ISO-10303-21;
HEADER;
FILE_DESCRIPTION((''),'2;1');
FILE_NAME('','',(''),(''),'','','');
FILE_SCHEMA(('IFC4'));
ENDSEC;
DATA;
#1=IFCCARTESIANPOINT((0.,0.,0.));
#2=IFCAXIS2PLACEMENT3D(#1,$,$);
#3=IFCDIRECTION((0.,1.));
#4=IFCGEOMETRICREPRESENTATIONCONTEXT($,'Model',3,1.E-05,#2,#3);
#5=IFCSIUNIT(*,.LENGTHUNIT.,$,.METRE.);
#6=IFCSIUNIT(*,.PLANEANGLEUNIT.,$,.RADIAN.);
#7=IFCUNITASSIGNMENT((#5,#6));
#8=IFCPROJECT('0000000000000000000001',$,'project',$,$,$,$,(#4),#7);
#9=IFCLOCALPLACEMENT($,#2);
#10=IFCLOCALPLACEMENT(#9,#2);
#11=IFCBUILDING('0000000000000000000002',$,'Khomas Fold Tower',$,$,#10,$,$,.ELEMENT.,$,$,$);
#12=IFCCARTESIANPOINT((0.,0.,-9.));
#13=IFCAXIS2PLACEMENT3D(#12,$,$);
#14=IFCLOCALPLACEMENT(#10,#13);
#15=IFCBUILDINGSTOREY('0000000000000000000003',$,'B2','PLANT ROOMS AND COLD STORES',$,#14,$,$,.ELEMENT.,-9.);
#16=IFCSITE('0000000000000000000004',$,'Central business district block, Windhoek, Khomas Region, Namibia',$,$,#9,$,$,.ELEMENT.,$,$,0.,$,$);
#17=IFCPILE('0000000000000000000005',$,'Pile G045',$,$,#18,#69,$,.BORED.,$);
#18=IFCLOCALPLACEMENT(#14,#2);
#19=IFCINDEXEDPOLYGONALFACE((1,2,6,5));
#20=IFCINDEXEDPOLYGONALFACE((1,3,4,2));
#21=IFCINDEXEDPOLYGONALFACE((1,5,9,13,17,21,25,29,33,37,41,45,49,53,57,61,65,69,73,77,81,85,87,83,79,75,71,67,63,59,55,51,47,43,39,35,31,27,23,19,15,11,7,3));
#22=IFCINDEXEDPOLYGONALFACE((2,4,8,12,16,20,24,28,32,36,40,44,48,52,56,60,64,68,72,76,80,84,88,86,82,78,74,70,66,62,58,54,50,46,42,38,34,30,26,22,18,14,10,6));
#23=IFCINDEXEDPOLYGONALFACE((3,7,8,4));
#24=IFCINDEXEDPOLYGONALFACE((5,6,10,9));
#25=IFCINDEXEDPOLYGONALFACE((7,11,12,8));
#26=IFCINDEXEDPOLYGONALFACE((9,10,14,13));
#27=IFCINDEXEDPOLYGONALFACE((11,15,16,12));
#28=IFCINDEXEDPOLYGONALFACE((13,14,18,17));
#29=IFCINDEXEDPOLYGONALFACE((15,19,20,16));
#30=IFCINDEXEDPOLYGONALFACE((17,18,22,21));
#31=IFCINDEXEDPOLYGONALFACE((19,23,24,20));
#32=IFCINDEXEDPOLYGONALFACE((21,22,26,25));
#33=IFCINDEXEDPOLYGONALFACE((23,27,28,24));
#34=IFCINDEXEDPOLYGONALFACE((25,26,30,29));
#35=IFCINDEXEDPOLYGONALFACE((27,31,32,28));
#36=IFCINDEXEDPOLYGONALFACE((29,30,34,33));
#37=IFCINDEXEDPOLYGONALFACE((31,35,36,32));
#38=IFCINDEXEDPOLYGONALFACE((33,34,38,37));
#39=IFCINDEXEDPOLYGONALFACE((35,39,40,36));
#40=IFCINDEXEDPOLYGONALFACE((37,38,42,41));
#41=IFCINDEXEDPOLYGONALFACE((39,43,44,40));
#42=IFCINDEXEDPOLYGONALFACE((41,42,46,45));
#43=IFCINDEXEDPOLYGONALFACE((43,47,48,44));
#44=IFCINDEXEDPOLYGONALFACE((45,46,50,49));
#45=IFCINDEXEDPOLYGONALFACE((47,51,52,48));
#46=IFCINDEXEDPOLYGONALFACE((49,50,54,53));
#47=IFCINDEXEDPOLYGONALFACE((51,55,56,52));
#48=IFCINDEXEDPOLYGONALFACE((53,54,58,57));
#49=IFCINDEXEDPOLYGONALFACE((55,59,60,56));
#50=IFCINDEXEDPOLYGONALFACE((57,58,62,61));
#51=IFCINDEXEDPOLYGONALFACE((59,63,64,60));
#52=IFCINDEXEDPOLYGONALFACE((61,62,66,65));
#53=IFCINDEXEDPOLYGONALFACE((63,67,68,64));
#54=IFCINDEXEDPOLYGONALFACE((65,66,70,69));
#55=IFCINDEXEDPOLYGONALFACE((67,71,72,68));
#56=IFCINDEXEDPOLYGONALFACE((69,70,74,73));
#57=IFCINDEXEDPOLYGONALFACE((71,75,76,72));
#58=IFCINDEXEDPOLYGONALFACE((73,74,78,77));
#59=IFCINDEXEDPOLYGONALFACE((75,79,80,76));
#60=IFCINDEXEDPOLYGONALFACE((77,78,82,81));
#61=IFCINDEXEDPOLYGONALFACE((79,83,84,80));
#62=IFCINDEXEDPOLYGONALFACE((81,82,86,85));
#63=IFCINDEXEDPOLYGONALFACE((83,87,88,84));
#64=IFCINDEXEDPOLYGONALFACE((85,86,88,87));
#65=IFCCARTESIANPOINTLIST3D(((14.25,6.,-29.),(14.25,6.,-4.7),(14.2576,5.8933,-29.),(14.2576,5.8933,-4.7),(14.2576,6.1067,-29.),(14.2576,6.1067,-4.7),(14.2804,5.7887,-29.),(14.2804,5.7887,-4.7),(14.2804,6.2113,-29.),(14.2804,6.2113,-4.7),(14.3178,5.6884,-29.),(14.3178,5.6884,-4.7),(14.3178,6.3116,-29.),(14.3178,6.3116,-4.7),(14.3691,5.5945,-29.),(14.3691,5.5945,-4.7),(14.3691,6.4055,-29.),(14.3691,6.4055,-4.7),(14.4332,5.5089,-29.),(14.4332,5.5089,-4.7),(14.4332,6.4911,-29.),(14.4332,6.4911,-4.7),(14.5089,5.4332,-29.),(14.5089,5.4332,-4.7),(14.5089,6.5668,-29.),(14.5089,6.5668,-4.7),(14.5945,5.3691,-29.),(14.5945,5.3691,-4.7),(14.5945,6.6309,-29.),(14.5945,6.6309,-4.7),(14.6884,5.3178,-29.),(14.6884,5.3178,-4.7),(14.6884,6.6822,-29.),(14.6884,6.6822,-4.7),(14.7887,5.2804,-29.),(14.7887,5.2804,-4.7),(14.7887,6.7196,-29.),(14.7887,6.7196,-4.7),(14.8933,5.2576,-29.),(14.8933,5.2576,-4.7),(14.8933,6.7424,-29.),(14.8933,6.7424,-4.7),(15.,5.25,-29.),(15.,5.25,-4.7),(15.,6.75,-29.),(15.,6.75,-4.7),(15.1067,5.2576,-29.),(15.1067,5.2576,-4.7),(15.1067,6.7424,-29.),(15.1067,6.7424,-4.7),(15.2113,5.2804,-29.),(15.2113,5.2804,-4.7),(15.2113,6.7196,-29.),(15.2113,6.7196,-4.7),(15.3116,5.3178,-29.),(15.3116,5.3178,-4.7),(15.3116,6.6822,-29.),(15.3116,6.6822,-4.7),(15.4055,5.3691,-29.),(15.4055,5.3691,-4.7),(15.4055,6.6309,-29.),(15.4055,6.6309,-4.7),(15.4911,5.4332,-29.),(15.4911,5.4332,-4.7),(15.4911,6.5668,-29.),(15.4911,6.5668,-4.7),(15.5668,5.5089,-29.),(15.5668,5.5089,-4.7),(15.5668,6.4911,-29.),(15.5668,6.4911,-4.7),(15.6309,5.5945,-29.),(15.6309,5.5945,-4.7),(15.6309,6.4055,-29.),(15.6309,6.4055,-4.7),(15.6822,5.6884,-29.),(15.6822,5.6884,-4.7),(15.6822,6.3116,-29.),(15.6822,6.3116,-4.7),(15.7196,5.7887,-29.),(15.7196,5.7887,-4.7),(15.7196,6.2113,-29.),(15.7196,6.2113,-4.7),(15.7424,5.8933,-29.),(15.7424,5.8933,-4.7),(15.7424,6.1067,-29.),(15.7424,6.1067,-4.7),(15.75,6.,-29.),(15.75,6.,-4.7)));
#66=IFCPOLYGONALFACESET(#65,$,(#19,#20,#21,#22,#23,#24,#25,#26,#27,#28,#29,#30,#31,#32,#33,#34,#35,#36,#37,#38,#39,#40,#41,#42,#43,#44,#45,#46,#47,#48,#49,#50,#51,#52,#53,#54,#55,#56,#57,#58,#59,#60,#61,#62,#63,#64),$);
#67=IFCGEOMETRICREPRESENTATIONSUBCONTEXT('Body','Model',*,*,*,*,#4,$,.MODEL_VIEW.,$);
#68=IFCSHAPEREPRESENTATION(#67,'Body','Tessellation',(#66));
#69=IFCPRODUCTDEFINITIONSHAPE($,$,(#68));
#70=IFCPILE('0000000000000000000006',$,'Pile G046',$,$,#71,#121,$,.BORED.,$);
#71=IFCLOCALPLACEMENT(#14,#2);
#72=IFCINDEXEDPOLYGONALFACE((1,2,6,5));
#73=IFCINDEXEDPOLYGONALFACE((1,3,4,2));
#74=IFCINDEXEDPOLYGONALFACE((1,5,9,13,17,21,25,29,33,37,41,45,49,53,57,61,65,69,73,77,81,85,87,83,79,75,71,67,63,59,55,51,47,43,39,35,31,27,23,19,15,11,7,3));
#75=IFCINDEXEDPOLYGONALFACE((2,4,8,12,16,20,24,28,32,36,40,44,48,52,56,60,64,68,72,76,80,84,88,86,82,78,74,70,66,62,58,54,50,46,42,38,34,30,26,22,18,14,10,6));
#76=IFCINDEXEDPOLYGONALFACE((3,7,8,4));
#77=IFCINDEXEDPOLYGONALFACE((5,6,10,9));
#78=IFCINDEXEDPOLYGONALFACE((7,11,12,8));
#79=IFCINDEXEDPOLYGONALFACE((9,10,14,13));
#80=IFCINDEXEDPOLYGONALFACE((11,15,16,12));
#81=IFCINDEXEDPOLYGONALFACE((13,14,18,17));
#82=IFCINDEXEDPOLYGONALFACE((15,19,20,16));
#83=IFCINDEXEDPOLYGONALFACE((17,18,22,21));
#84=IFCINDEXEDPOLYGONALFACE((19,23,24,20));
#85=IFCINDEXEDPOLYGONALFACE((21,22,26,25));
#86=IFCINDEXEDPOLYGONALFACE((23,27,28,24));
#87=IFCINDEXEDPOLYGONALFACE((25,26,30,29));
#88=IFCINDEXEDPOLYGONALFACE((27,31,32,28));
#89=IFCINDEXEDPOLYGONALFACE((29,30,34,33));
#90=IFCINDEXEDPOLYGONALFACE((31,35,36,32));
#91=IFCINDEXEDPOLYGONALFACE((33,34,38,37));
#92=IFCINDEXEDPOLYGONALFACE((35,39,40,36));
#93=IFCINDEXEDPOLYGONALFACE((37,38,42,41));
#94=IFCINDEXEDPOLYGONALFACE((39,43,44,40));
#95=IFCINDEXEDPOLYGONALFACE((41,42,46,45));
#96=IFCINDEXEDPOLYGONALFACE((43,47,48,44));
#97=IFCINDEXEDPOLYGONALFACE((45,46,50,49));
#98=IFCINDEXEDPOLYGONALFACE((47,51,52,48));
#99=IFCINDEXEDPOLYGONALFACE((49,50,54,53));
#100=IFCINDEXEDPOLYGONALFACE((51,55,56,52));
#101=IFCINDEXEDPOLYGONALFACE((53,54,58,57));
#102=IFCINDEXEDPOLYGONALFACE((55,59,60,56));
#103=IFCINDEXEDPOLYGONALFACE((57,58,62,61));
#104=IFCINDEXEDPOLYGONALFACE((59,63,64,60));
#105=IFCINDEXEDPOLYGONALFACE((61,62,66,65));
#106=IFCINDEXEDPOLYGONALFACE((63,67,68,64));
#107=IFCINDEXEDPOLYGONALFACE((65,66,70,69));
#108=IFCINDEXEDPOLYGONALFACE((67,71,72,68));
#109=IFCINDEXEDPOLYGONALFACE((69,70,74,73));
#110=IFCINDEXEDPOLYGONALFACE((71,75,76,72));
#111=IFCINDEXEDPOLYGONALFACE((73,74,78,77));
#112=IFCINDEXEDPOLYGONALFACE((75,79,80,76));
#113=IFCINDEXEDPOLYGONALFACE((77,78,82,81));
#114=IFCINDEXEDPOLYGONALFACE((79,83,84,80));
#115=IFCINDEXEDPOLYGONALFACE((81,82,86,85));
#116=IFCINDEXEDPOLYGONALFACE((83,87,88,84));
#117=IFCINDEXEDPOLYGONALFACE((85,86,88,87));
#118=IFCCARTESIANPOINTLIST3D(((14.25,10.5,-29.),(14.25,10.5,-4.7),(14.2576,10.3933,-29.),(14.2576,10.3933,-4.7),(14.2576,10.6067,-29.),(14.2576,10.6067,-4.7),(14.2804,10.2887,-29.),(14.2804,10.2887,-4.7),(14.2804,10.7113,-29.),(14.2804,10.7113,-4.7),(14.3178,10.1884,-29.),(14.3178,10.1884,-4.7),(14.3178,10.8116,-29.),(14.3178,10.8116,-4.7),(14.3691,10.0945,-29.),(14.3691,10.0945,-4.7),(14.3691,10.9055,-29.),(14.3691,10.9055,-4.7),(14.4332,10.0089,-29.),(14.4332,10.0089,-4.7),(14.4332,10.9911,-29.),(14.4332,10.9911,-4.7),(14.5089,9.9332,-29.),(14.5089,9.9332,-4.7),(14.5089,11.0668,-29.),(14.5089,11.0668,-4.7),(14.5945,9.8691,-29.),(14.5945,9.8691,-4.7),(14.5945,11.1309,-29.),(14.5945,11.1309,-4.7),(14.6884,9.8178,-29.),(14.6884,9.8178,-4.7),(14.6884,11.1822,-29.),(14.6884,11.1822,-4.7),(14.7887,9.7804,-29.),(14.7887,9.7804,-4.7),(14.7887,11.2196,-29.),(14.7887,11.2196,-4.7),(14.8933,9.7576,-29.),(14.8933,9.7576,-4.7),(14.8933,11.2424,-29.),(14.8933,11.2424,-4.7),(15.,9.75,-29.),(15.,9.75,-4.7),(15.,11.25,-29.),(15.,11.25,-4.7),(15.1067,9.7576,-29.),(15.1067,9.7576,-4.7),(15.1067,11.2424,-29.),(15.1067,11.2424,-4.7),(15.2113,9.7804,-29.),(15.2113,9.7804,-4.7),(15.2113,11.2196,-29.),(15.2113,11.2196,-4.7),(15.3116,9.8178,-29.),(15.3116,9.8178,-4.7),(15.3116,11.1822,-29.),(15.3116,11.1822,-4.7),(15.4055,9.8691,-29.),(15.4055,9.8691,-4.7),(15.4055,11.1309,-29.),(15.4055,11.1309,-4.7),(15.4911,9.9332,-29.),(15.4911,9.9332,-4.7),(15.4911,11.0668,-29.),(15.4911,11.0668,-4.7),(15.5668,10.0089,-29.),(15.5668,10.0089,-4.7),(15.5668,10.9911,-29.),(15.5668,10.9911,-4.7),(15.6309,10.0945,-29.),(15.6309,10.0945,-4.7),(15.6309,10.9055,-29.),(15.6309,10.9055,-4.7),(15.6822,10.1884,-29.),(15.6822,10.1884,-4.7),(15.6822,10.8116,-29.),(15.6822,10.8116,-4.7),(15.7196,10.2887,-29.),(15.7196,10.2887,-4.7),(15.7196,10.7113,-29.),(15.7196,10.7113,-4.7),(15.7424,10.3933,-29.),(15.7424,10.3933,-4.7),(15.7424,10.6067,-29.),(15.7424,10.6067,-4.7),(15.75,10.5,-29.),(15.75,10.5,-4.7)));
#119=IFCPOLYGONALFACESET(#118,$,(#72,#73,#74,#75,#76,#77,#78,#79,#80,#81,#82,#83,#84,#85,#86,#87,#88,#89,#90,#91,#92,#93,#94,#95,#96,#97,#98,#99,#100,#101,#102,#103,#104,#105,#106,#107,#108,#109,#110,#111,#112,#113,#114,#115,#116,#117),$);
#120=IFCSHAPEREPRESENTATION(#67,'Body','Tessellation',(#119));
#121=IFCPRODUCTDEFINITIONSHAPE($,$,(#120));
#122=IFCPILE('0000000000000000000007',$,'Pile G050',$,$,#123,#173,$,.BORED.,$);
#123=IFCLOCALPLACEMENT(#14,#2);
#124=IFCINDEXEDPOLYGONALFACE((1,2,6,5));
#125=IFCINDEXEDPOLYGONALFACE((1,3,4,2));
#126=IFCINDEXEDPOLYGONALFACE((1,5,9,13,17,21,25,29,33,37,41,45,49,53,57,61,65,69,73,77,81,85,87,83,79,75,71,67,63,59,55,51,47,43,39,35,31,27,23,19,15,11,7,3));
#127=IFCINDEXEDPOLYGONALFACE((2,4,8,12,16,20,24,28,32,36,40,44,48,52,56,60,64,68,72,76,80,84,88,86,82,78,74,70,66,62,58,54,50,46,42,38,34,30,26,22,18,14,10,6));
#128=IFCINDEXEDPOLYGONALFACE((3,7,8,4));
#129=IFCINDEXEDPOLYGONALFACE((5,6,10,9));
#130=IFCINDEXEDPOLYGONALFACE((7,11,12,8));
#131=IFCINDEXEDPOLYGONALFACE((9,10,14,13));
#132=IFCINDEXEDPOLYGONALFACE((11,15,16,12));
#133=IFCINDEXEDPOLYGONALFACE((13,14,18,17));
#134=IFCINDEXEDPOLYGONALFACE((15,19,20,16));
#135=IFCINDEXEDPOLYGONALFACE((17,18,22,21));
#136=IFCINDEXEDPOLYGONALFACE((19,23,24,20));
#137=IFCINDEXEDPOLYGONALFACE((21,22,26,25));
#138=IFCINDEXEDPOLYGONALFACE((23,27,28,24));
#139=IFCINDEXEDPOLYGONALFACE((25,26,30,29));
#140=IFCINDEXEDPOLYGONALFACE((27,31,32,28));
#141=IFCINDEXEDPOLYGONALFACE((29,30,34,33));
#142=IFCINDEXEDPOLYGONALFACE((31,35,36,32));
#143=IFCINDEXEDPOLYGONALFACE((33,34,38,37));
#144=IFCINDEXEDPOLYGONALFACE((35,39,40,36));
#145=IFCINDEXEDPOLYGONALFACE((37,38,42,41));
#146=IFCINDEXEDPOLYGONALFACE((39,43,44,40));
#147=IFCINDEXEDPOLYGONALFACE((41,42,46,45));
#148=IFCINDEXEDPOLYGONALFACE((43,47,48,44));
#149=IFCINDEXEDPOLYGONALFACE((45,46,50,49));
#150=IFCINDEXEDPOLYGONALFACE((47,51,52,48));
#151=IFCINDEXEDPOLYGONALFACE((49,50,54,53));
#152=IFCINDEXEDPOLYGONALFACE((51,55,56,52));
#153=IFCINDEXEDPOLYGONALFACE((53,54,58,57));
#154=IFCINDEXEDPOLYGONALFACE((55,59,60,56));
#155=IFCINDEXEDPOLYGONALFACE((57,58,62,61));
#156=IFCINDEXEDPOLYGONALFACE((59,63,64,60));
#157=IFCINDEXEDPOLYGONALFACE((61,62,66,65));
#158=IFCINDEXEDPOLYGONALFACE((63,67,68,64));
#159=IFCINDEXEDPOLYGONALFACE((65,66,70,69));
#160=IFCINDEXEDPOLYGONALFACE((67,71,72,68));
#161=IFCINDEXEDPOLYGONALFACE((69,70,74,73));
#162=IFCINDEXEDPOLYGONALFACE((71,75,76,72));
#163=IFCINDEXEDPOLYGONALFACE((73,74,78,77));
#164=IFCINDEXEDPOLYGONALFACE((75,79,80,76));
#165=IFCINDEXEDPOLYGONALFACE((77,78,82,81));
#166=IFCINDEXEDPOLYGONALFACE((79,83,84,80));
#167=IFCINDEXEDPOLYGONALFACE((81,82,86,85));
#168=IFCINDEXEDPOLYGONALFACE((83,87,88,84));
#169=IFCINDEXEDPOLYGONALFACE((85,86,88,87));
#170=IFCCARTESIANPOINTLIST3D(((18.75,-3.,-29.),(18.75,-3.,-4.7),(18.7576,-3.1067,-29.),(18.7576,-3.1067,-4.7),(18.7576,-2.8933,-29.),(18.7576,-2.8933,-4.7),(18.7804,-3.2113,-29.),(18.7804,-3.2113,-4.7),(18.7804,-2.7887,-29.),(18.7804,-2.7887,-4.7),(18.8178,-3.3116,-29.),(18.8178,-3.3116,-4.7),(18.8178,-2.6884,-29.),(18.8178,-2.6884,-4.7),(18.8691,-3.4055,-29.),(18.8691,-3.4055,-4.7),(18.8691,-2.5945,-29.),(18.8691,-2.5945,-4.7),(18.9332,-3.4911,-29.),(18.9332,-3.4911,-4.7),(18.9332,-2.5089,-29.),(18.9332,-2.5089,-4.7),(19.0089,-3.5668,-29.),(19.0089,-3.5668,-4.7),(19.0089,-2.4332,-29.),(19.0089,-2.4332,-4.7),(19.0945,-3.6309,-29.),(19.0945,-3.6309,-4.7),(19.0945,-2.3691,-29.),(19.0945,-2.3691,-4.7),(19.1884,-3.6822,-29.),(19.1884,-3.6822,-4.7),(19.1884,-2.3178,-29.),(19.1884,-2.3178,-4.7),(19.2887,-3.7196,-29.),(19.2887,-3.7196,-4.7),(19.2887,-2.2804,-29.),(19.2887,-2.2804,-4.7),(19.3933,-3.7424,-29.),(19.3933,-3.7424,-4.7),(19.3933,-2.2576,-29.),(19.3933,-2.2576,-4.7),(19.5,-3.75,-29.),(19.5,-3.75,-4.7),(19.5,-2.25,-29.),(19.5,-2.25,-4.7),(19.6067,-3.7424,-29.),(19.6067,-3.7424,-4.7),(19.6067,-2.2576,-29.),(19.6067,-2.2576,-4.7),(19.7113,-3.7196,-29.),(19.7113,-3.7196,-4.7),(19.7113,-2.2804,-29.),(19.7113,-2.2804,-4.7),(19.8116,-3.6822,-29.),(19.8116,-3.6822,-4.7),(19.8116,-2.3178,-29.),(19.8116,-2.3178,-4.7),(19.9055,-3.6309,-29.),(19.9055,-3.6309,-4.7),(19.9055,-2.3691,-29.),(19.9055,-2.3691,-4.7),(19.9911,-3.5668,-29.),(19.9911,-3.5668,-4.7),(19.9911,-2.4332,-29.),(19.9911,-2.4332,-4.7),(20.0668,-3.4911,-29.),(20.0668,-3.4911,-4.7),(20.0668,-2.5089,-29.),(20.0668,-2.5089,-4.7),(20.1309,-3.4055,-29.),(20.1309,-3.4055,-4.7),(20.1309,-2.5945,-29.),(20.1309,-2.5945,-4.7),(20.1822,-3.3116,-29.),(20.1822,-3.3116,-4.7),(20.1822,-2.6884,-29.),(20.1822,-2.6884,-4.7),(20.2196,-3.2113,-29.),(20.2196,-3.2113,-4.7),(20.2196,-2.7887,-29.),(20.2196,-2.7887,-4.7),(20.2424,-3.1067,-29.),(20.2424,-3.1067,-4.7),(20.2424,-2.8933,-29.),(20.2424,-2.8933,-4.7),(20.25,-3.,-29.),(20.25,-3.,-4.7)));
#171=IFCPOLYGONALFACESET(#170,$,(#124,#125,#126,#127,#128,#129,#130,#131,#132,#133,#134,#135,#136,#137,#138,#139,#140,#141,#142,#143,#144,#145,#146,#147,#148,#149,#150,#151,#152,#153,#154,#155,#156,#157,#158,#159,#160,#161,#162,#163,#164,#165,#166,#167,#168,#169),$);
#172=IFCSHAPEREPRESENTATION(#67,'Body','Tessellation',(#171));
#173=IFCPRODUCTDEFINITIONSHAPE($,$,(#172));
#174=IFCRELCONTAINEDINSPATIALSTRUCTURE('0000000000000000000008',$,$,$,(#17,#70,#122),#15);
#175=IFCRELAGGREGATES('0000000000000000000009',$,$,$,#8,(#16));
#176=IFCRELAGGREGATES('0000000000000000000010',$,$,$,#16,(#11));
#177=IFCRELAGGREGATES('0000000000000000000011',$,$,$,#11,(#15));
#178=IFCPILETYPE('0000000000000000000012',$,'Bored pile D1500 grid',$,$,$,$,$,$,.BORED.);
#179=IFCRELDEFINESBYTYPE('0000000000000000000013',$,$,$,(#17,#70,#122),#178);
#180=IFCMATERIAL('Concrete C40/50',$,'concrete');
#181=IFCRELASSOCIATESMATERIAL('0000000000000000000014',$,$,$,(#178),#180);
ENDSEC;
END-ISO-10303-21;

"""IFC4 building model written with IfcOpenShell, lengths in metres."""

from ifc_helpers import new_model, si_unit, direction, frame, origin, origin_2d, place, context, subcontext, project, spatial, circle, extrude, source, transform, mapped, material, material_profile, profile_set, type_object, element, save


model = new_model("IFC4")

# Units and contexts
model_context = context("Model", 3, precision=1e-05, world=origin(), true_north=direction((0.0, 1.0)))
body_context = subcontext(model_context, "Body", "Model", "MODEL_VIEW")
ifc_project = project(units=[si_unit("LENGTHUNIT", "METRE"), si_unit("PLANEANGLEUNIT", "RADIAN")], contexts=[model_context])

# Site, building, storey
site_placement = place(None, origin())
site = spatial("IfcSite", under=ifc_project, at=site_placement, Name="Central business district block, Windhoek, Khomas Region, Namibia", CompositionType="ELEMENT", RefElevation=0.0)
building_placement = place(site_placement, origin())
building = spatial("IfcBuilding", under=site, at=building_placement, Name="Khomas Fold Tower", CompositionType="ELEMENT")
storey_placement = place(building_placement, frame((0.0, 0.0, -9.0)))
storey = spatial("IfcBuildingStorey", under=building, at=storey_placement, Name="B2", Description="PLANT ROOMS AND COLD STORES", CompositionType="ELEMENT", Elevation=-9.0)

# Piles
ifc_material_1 = material(Name="Concrete C40/50", Category="concrete")
ifc_material_profile_1 = material_profile(ifc_material_1, circle(Radius=0.75, at=origin_2d()), Name="PILE D1500")
ifc_profile_set_1 = profile_set([ifc_material_profile_1], Name="Concrete C40/50")
pile_type_1 = type_object("IfcPileType", Name="Bored pile D1500 grid", PredefinedType="BORED", material=ifc_profile_set_1)
shared_shape_1 = source(origin(), body_context, "Body", "SweptSolid", [
    extrude(circle(Radius=0.75, at=origin_2d()), origin(), (0.0, 0.0, 1.0), 24.3),
])
for number, where, z_axis, x_axis, name in (
    (1, (15.0, 6.0, -4.7), (0.0, 0.0, -1.0), (1.0, 0.0, 0.0), "Pile G045"),
    (2, (15.0, 10.5, -4.7), (0.0, 0.0, -1.0), (1.0, 0.0, 0.0), "Pile G046"),
    (3, (19.5, -3.0, -4.7), (0.0, 0.0, -1.0), (1.0, 0.0, 0.0), "Pile G050"),
):
    element("IfcPile", number, at=place(storey_placement, frame(where, z_axis=z_axis, x_axis=x_axis)), inside=storey, type_object=pile_type_1, Name=name, PredefinedType="BORED", context=body_context, shape_type="MappedRepresentation", body=[
        mapped(shared_shape_1, transform((0.0, 0.0, 0.0))),
    ])

save(model, "model.ifc")
